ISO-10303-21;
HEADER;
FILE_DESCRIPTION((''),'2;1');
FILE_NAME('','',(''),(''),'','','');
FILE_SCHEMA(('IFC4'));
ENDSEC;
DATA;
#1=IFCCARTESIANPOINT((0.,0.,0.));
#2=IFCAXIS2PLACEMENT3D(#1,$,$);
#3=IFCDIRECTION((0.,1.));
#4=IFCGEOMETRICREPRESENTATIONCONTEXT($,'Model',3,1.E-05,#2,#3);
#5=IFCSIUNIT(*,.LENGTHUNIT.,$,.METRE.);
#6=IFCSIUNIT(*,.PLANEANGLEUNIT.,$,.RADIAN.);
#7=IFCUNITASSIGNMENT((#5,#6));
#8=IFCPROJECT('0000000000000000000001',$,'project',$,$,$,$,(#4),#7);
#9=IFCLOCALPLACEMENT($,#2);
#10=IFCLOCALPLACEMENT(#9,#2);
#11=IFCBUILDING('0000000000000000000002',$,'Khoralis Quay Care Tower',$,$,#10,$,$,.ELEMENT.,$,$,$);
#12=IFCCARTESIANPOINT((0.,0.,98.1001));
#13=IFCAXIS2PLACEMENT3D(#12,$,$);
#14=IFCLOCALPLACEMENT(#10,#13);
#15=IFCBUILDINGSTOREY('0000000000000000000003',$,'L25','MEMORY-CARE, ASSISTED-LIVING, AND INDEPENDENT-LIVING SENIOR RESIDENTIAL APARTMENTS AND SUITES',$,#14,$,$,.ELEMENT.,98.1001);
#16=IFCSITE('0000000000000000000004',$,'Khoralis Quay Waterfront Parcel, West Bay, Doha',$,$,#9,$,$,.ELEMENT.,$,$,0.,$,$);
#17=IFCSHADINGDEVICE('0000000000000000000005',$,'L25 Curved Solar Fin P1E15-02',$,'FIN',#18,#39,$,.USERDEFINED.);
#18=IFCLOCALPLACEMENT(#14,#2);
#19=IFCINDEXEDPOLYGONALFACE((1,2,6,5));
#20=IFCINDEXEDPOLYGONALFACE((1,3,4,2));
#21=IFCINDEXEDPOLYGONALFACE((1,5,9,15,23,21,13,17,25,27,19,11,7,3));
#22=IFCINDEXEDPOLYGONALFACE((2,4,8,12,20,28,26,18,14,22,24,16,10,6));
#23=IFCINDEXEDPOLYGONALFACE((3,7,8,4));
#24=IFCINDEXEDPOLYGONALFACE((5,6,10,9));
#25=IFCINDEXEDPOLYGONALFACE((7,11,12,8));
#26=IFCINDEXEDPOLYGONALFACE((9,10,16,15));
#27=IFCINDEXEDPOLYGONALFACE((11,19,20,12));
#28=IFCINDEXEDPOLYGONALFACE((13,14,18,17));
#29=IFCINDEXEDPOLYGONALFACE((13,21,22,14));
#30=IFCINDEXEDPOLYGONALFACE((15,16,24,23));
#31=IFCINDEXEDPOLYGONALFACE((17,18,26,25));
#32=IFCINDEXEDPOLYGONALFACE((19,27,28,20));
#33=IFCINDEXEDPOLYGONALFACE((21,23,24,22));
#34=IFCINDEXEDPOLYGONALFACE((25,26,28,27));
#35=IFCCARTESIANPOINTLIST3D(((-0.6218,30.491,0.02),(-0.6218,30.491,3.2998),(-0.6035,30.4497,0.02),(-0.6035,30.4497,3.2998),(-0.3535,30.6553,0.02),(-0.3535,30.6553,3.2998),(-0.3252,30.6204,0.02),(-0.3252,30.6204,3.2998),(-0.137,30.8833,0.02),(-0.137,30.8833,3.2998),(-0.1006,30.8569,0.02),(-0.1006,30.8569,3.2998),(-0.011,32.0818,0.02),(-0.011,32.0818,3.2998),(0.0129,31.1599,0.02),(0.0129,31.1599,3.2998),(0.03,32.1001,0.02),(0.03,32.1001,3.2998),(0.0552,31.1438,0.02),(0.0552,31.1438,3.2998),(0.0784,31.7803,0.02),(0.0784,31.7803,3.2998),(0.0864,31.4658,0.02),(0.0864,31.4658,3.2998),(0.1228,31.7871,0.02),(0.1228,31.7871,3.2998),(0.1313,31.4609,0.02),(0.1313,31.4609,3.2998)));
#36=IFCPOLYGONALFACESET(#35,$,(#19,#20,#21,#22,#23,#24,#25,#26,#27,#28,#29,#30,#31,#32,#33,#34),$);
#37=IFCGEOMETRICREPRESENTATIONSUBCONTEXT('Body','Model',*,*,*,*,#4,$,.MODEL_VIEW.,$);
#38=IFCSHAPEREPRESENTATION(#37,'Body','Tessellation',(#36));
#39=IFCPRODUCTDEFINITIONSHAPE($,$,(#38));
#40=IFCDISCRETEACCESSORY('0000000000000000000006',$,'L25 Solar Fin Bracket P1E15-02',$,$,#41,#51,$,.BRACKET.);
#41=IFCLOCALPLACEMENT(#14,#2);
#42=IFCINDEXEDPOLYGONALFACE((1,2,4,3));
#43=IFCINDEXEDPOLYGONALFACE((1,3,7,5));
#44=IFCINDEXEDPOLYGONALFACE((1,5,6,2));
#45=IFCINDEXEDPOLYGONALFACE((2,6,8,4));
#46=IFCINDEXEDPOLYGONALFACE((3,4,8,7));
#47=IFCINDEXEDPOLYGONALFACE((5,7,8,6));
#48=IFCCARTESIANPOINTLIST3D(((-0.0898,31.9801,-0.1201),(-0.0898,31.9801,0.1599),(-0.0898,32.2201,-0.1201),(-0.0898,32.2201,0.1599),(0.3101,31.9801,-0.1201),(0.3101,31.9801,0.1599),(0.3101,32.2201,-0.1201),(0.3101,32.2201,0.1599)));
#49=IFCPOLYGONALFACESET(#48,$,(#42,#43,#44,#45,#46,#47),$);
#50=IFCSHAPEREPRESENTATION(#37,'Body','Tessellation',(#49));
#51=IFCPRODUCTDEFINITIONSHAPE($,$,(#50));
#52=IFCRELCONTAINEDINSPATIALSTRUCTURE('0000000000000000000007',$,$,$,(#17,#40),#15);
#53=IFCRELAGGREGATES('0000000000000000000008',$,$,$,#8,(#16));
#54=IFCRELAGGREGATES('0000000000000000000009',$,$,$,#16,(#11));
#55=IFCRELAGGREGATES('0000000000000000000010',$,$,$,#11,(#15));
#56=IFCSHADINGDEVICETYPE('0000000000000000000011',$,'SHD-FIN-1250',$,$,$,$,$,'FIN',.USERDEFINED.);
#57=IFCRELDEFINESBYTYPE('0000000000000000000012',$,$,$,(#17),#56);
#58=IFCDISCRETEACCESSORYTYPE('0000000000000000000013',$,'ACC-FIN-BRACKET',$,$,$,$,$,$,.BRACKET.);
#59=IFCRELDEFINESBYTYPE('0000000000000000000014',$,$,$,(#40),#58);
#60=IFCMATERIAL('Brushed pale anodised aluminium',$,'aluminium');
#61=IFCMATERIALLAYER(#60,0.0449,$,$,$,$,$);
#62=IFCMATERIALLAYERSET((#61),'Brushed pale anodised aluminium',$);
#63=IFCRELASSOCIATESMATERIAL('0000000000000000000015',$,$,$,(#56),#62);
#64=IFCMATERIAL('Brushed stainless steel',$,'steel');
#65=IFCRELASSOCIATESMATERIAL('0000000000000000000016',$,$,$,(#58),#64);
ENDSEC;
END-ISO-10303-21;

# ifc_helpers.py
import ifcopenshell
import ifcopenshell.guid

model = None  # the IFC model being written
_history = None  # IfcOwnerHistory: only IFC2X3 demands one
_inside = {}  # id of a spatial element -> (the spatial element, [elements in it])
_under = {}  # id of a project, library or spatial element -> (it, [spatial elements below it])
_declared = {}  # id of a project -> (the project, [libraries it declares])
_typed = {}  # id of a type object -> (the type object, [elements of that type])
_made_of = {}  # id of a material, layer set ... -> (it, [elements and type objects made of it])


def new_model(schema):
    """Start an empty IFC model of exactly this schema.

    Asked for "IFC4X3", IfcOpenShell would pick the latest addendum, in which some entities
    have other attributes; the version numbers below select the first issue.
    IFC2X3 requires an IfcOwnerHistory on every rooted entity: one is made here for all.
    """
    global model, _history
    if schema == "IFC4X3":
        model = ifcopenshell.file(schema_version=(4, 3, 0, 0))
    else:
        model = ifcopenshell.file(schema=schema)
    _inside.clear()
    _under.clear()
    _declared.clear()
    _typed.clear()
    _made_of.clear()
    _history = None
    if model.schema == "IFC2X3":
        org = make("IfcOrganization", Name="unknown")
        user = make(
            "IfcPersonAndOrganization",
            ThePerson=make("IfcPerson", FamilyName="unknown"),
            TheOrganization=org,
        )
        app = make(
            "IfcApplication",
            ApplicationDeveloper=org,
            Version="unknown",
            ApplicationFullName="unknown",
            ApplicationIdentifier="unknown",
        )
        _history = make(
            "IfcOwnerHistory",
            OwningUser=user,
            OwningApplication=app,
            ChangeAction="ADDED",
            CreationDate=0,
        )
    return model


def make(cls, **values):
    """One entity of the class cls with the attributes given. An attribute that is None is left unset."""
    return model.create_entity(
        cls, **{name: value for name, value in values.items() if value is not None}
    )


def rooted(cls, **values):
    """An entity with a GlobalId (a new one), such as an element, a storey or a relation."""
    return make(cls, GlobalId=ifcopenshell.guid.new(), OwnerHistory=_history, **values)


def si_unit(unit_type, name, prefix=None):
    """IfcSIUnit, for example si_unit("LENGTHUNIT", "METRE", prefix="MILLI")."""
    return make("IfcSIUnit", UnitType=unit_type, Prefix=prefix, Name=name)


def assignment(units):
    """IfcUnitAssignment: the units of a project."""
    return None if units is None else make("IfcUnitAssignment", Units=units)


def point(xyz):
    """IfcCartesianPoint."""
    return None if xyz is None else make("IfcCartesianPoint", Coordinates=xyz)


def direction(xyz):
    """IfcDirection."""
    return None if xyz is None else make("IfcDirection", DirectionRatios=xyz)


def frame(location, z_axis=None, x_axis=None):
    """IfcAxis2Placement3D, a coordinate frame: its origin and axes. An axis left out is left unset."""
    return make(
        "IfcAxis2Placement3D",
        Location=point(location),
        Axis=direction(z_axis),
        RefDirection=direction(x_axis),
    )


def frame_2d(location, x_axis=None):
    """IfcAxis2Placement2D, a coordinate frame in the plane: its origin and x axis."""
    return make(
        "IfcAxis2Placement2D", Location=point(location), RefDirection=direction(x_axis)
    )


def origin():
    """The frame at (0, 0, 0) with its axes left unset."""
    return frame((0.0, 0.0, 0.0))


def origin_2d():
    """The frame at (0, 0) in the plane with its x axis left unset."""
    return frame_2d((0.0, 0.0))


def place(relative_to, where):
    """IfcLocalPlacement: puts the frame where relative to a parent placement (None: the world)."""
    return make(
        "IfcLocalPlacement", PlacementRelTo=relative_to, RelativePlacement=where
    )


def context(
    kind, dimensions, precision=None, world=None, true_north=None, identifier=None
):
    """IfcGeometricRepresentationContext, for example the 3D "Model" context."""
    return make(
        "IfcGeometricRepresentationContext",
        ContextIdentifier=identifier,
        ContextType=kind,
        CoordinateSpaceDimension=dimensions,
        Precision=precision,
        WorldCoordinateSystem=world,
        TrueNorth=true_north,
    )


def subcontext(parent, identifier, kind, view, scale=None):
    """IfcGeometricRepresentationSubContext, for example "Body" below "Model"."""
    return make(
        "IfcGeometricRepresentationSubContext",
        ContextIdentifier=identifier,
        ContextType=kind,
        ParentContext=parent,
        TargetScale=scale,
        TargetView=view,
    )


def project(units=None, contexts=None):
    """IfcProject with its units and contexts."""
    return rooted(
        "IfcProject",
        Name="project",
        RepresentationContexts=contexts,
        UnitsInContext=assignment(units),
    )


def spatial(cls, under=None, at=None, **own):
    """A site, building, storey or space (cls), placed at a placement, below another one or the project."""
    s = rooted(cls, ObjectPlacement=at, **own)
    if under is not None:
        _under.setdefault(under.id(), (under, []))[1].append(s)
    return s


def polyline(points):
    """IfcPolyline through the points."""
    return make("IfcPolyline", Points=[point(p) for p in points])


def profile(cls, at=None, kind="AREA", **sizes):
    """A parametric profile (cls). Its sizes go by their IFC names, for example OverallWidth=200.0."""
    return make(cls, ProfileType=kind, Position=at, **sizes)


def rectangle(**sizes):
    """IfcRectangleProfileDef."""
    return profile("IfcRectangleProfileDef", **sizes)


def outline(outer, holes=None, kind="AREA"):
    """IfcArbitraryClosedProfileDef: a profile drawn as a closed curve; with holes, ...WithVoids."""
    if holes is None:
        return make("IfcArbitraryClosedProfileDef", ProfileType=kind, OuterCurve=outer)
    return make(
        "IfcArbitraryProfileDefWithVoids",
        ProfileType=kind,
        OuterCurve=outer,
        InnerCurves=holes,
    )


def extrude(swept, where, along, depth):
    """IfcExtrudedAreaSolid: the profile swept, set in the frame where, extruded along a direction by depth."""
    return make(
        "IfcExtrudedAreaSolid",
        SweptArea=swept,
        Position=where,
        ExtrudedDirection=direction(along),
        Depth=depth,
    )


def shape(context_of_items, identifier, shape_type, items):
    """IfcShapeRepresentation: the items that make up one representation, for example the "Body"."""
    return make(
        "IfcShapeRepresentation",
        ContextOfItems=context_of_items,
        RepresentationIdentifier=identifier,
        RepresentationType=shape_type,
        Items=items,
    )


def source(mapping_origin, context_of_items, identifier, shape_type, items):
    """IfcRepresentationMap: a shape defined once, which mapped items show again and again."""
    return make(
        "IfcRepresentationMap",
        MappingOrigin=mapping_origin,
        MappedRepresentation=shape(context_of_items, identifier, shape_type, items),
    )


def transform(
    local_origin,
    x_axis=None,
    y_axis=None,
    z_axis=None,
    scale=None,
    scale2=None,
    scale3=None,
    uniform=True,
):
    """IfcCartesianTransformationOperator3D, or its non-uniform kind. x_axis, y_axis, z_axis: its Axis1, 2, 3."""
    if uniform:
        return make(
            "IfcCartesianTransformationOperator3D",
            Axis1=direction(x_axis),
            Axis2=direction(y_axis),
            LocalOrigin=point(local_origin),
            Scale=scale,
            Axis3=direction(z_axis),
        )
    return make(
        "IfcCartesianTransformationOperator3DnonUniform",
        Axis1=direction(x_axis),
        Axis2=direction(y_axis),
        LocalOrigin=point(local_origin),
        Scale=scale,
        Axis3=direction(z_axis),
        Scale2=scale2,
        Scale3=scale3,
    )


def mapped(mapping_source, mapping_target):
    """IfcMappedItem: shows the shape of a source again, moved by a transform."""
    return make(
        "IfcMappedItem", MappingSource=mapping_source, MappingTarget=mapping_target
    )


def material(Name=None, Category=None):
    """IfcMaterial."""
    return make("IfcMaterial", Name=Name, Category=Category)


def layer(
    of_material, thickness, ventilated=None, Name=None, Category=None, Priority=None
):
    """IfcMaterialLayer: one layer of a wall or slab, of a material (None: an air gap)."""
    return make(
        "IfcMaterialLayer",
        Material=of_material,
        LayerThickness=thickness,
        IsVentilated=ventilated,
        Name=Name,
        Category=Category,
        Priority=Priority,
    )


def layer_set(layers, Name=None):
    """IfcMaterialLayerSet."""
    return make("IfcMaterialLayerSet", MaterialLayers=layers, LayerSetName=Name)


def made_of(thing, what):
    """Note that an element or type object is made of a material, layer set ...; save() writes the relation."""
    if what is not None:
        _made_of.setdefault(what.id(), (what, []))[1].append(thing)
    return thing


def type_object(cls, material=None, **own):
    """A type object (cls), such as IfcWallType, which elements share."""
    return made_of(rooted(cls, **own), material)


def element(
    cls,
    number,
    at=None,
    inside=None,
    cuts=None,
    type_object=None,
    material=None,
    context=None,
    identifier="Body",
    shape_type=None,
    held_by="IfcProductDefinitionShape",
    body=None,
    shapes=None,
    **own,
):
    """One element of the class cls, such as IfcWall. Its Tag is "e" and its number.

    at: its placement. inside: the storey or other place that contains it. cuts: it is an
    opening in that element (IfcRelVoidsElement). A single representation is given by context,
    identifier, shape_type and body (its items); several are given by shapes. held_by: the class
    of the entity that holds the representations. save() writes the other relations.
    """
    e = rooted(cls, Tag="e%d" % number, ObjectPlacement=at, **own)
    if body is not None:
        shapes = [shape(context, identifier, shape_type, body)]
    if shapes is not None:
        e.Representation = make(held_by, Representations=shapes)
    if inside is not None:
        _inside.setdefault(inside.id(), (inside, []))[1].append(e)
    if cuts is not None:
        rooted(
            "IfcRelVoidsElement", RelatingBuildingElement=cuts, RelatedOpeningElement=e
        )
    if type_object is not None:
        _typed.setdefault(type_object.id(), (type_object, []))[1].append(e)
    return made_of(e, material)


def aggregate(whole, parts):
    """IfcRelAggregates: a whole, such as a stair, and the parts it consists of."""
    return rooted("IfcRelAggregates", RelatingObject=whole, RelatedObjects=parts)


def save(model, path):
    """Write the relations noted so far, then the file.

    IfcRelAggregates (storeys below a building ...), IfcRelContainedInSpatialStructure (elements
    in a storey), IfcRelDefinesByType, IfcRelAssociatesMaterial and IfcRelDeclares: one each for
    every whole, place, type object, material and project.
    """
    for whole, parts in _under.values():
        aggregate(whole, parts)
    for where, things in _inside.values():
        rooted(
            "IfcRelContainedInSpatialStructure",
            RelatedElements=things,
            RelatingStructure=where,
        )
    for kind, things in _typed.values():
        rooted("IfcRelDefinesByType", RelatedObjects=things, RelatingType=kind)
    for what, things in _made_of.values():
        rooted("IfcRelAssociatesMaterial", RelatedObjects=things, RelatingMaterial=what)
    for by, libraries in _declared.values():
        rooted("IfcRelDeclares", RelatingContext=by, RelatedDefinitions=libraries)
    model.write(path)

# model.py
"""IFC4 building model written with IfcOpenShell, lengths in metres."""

from ifc_helpers import new_model, si_unit, direction, frame, origin, origin_2d, place, context, subcontext, project, spatial, polyline, rectangle, outline, extrude, source, transform, mapped, material, layer, layer_set, type_object, element, save


model = new_model("IFC4")

# Units and contexts
model_context = context("Model", 3, precision=1e-05, world=origin(), true_north=direction((0.0, 1.0)))
body_context = subcontext(model_context, "Body", "Model", "MODEL_VIEW")
ifc_project = project(units=[si_unit("LENGTHUNIT", "METRE"), si_unit("PLANEANGLEUNIT", "RADIAN")], contexts=[model_context])

# Site, building, storey
site_placement = place(None, origin())
site = spatial("IfcSite", under=ifc_project, at=site_placement, Name="Khoralis Quay Waterfront Parcel, West Bay, Doha", CompositionType="ELEMENT", RefElevation=0.0)
building_placement = place(site_placement, origin())
building = spatial("IfcBuilding", under=site, at=building_placement, Name="Khoralis Quay Care Tower", CompositionType="ELEMENT")
storey_placement = place(building_placement, frame((0.0, 0.0, 98.1001)))
storey = spatial("IfcBuildingStorey", under=building, at=storey_placement, Name="L25", Description="MEMORY-CARE, ASSISTED-LIVING, AND INDEPENDENT-LIVING SENIOR RESIDENTIAL APARTMENTS AND SUITES", CompositionType="ELEMENT", Elevation=98.1001)

# Shading device
ifc_material_1 = material(Name="Brushed pale anodised aluminium", Category="aluminium")
ifc_layer_1 = layer(ifc_material_1, 0.0449)
ifc_layer_set_1 = layer_set([ifc_layer_1], Name="Brushed pale anodised aluminium")
shading_device_type = type_object("IfcShadingDeviceType", Name="SHD-FIN-1250", ElementType="FIN", PredefinedType="USERDEFINED", material=ifc_layer_set_1)
shared_shape_1 = source(origin(), body_context, "Body", "SweptSolid", [
    extrude(outline(polyline([(0.0, 0.0), (-0.0928, 0.313), (-0.1013, 0.6392), (-0.0251, 0.9563), (0.1306, 1.2432), (0.3552, 1.4797), (0.6335, 1.6504), (0.6519, 1.6091), (0.3835, 1.4448), (0.167, 1.2168), (0.0171, 0.9402), (-0.0564, 0.6343), (-0.0483, 0.3198), (0.041, 0.0183), (0.0, 0.0)])), origin(), (0.0, 0.0, 1.0), 3.2798),
])
shading_device_placement = place(storey_placement, frame((0.03, 32.1001, 0.02), z_axis=(0.0, 0.0, 1.0), x_axis=(-1.0, 0.0, 0.0)))
element("IfcShadingDevice", 1, at=shading_device_placement, inside=storey, type_object=shading_device_type, Name="L25 Curved Solar Fin P1E15-02", ObjectType="FIN", PredefinedType="USERDEFINED", context=body_context, shape_type="MappedRepresentation", body=[
    mapped(shared_shape_1, transform((0.0, 0.0, 0.0), scale=1.0)),
])

# Discrete accessory
ifc_material_2 = material(Name="Brushed stainless steel", Category="steel")
discrete_accessory_type = type_object("IfcDiscreteAccessoryType", Name="ACC-FIN-BRACKET", PredefinedType="BRACKET", material=ifc_material_2)
shared_shape_2 = source(origin(), body_context, "Body", "SweptSolid", [
    extrude(rectangle(XDim=0.3999, YDim=0.24, at=origin_2d()), origin(), (0.0, 0.0, 1.0), 0.28),
])
discrete_accessory_placement = place(storey_placement, frame((0.1101, 32.1001, -0.1201), z_axis=(0.0, 0.0, 1.0), x_axis=(-1.0, 0.0, 0.0)))
element("IfcDiscreteAccessory", 2, at=discrete_accessory_placement, inside=storey, type_object=discrete_accessory_type, Name="L25 Solar Fin Bracket P1E15-02", PredefinedType="BRACKET", context=body_context, shape_type="MappedRepresentation", body=[
    mapped(shared_shape_2, transform((0.0, 0.0, 0.0), scale=1.0)),
])

save(model, "model.ifc")
